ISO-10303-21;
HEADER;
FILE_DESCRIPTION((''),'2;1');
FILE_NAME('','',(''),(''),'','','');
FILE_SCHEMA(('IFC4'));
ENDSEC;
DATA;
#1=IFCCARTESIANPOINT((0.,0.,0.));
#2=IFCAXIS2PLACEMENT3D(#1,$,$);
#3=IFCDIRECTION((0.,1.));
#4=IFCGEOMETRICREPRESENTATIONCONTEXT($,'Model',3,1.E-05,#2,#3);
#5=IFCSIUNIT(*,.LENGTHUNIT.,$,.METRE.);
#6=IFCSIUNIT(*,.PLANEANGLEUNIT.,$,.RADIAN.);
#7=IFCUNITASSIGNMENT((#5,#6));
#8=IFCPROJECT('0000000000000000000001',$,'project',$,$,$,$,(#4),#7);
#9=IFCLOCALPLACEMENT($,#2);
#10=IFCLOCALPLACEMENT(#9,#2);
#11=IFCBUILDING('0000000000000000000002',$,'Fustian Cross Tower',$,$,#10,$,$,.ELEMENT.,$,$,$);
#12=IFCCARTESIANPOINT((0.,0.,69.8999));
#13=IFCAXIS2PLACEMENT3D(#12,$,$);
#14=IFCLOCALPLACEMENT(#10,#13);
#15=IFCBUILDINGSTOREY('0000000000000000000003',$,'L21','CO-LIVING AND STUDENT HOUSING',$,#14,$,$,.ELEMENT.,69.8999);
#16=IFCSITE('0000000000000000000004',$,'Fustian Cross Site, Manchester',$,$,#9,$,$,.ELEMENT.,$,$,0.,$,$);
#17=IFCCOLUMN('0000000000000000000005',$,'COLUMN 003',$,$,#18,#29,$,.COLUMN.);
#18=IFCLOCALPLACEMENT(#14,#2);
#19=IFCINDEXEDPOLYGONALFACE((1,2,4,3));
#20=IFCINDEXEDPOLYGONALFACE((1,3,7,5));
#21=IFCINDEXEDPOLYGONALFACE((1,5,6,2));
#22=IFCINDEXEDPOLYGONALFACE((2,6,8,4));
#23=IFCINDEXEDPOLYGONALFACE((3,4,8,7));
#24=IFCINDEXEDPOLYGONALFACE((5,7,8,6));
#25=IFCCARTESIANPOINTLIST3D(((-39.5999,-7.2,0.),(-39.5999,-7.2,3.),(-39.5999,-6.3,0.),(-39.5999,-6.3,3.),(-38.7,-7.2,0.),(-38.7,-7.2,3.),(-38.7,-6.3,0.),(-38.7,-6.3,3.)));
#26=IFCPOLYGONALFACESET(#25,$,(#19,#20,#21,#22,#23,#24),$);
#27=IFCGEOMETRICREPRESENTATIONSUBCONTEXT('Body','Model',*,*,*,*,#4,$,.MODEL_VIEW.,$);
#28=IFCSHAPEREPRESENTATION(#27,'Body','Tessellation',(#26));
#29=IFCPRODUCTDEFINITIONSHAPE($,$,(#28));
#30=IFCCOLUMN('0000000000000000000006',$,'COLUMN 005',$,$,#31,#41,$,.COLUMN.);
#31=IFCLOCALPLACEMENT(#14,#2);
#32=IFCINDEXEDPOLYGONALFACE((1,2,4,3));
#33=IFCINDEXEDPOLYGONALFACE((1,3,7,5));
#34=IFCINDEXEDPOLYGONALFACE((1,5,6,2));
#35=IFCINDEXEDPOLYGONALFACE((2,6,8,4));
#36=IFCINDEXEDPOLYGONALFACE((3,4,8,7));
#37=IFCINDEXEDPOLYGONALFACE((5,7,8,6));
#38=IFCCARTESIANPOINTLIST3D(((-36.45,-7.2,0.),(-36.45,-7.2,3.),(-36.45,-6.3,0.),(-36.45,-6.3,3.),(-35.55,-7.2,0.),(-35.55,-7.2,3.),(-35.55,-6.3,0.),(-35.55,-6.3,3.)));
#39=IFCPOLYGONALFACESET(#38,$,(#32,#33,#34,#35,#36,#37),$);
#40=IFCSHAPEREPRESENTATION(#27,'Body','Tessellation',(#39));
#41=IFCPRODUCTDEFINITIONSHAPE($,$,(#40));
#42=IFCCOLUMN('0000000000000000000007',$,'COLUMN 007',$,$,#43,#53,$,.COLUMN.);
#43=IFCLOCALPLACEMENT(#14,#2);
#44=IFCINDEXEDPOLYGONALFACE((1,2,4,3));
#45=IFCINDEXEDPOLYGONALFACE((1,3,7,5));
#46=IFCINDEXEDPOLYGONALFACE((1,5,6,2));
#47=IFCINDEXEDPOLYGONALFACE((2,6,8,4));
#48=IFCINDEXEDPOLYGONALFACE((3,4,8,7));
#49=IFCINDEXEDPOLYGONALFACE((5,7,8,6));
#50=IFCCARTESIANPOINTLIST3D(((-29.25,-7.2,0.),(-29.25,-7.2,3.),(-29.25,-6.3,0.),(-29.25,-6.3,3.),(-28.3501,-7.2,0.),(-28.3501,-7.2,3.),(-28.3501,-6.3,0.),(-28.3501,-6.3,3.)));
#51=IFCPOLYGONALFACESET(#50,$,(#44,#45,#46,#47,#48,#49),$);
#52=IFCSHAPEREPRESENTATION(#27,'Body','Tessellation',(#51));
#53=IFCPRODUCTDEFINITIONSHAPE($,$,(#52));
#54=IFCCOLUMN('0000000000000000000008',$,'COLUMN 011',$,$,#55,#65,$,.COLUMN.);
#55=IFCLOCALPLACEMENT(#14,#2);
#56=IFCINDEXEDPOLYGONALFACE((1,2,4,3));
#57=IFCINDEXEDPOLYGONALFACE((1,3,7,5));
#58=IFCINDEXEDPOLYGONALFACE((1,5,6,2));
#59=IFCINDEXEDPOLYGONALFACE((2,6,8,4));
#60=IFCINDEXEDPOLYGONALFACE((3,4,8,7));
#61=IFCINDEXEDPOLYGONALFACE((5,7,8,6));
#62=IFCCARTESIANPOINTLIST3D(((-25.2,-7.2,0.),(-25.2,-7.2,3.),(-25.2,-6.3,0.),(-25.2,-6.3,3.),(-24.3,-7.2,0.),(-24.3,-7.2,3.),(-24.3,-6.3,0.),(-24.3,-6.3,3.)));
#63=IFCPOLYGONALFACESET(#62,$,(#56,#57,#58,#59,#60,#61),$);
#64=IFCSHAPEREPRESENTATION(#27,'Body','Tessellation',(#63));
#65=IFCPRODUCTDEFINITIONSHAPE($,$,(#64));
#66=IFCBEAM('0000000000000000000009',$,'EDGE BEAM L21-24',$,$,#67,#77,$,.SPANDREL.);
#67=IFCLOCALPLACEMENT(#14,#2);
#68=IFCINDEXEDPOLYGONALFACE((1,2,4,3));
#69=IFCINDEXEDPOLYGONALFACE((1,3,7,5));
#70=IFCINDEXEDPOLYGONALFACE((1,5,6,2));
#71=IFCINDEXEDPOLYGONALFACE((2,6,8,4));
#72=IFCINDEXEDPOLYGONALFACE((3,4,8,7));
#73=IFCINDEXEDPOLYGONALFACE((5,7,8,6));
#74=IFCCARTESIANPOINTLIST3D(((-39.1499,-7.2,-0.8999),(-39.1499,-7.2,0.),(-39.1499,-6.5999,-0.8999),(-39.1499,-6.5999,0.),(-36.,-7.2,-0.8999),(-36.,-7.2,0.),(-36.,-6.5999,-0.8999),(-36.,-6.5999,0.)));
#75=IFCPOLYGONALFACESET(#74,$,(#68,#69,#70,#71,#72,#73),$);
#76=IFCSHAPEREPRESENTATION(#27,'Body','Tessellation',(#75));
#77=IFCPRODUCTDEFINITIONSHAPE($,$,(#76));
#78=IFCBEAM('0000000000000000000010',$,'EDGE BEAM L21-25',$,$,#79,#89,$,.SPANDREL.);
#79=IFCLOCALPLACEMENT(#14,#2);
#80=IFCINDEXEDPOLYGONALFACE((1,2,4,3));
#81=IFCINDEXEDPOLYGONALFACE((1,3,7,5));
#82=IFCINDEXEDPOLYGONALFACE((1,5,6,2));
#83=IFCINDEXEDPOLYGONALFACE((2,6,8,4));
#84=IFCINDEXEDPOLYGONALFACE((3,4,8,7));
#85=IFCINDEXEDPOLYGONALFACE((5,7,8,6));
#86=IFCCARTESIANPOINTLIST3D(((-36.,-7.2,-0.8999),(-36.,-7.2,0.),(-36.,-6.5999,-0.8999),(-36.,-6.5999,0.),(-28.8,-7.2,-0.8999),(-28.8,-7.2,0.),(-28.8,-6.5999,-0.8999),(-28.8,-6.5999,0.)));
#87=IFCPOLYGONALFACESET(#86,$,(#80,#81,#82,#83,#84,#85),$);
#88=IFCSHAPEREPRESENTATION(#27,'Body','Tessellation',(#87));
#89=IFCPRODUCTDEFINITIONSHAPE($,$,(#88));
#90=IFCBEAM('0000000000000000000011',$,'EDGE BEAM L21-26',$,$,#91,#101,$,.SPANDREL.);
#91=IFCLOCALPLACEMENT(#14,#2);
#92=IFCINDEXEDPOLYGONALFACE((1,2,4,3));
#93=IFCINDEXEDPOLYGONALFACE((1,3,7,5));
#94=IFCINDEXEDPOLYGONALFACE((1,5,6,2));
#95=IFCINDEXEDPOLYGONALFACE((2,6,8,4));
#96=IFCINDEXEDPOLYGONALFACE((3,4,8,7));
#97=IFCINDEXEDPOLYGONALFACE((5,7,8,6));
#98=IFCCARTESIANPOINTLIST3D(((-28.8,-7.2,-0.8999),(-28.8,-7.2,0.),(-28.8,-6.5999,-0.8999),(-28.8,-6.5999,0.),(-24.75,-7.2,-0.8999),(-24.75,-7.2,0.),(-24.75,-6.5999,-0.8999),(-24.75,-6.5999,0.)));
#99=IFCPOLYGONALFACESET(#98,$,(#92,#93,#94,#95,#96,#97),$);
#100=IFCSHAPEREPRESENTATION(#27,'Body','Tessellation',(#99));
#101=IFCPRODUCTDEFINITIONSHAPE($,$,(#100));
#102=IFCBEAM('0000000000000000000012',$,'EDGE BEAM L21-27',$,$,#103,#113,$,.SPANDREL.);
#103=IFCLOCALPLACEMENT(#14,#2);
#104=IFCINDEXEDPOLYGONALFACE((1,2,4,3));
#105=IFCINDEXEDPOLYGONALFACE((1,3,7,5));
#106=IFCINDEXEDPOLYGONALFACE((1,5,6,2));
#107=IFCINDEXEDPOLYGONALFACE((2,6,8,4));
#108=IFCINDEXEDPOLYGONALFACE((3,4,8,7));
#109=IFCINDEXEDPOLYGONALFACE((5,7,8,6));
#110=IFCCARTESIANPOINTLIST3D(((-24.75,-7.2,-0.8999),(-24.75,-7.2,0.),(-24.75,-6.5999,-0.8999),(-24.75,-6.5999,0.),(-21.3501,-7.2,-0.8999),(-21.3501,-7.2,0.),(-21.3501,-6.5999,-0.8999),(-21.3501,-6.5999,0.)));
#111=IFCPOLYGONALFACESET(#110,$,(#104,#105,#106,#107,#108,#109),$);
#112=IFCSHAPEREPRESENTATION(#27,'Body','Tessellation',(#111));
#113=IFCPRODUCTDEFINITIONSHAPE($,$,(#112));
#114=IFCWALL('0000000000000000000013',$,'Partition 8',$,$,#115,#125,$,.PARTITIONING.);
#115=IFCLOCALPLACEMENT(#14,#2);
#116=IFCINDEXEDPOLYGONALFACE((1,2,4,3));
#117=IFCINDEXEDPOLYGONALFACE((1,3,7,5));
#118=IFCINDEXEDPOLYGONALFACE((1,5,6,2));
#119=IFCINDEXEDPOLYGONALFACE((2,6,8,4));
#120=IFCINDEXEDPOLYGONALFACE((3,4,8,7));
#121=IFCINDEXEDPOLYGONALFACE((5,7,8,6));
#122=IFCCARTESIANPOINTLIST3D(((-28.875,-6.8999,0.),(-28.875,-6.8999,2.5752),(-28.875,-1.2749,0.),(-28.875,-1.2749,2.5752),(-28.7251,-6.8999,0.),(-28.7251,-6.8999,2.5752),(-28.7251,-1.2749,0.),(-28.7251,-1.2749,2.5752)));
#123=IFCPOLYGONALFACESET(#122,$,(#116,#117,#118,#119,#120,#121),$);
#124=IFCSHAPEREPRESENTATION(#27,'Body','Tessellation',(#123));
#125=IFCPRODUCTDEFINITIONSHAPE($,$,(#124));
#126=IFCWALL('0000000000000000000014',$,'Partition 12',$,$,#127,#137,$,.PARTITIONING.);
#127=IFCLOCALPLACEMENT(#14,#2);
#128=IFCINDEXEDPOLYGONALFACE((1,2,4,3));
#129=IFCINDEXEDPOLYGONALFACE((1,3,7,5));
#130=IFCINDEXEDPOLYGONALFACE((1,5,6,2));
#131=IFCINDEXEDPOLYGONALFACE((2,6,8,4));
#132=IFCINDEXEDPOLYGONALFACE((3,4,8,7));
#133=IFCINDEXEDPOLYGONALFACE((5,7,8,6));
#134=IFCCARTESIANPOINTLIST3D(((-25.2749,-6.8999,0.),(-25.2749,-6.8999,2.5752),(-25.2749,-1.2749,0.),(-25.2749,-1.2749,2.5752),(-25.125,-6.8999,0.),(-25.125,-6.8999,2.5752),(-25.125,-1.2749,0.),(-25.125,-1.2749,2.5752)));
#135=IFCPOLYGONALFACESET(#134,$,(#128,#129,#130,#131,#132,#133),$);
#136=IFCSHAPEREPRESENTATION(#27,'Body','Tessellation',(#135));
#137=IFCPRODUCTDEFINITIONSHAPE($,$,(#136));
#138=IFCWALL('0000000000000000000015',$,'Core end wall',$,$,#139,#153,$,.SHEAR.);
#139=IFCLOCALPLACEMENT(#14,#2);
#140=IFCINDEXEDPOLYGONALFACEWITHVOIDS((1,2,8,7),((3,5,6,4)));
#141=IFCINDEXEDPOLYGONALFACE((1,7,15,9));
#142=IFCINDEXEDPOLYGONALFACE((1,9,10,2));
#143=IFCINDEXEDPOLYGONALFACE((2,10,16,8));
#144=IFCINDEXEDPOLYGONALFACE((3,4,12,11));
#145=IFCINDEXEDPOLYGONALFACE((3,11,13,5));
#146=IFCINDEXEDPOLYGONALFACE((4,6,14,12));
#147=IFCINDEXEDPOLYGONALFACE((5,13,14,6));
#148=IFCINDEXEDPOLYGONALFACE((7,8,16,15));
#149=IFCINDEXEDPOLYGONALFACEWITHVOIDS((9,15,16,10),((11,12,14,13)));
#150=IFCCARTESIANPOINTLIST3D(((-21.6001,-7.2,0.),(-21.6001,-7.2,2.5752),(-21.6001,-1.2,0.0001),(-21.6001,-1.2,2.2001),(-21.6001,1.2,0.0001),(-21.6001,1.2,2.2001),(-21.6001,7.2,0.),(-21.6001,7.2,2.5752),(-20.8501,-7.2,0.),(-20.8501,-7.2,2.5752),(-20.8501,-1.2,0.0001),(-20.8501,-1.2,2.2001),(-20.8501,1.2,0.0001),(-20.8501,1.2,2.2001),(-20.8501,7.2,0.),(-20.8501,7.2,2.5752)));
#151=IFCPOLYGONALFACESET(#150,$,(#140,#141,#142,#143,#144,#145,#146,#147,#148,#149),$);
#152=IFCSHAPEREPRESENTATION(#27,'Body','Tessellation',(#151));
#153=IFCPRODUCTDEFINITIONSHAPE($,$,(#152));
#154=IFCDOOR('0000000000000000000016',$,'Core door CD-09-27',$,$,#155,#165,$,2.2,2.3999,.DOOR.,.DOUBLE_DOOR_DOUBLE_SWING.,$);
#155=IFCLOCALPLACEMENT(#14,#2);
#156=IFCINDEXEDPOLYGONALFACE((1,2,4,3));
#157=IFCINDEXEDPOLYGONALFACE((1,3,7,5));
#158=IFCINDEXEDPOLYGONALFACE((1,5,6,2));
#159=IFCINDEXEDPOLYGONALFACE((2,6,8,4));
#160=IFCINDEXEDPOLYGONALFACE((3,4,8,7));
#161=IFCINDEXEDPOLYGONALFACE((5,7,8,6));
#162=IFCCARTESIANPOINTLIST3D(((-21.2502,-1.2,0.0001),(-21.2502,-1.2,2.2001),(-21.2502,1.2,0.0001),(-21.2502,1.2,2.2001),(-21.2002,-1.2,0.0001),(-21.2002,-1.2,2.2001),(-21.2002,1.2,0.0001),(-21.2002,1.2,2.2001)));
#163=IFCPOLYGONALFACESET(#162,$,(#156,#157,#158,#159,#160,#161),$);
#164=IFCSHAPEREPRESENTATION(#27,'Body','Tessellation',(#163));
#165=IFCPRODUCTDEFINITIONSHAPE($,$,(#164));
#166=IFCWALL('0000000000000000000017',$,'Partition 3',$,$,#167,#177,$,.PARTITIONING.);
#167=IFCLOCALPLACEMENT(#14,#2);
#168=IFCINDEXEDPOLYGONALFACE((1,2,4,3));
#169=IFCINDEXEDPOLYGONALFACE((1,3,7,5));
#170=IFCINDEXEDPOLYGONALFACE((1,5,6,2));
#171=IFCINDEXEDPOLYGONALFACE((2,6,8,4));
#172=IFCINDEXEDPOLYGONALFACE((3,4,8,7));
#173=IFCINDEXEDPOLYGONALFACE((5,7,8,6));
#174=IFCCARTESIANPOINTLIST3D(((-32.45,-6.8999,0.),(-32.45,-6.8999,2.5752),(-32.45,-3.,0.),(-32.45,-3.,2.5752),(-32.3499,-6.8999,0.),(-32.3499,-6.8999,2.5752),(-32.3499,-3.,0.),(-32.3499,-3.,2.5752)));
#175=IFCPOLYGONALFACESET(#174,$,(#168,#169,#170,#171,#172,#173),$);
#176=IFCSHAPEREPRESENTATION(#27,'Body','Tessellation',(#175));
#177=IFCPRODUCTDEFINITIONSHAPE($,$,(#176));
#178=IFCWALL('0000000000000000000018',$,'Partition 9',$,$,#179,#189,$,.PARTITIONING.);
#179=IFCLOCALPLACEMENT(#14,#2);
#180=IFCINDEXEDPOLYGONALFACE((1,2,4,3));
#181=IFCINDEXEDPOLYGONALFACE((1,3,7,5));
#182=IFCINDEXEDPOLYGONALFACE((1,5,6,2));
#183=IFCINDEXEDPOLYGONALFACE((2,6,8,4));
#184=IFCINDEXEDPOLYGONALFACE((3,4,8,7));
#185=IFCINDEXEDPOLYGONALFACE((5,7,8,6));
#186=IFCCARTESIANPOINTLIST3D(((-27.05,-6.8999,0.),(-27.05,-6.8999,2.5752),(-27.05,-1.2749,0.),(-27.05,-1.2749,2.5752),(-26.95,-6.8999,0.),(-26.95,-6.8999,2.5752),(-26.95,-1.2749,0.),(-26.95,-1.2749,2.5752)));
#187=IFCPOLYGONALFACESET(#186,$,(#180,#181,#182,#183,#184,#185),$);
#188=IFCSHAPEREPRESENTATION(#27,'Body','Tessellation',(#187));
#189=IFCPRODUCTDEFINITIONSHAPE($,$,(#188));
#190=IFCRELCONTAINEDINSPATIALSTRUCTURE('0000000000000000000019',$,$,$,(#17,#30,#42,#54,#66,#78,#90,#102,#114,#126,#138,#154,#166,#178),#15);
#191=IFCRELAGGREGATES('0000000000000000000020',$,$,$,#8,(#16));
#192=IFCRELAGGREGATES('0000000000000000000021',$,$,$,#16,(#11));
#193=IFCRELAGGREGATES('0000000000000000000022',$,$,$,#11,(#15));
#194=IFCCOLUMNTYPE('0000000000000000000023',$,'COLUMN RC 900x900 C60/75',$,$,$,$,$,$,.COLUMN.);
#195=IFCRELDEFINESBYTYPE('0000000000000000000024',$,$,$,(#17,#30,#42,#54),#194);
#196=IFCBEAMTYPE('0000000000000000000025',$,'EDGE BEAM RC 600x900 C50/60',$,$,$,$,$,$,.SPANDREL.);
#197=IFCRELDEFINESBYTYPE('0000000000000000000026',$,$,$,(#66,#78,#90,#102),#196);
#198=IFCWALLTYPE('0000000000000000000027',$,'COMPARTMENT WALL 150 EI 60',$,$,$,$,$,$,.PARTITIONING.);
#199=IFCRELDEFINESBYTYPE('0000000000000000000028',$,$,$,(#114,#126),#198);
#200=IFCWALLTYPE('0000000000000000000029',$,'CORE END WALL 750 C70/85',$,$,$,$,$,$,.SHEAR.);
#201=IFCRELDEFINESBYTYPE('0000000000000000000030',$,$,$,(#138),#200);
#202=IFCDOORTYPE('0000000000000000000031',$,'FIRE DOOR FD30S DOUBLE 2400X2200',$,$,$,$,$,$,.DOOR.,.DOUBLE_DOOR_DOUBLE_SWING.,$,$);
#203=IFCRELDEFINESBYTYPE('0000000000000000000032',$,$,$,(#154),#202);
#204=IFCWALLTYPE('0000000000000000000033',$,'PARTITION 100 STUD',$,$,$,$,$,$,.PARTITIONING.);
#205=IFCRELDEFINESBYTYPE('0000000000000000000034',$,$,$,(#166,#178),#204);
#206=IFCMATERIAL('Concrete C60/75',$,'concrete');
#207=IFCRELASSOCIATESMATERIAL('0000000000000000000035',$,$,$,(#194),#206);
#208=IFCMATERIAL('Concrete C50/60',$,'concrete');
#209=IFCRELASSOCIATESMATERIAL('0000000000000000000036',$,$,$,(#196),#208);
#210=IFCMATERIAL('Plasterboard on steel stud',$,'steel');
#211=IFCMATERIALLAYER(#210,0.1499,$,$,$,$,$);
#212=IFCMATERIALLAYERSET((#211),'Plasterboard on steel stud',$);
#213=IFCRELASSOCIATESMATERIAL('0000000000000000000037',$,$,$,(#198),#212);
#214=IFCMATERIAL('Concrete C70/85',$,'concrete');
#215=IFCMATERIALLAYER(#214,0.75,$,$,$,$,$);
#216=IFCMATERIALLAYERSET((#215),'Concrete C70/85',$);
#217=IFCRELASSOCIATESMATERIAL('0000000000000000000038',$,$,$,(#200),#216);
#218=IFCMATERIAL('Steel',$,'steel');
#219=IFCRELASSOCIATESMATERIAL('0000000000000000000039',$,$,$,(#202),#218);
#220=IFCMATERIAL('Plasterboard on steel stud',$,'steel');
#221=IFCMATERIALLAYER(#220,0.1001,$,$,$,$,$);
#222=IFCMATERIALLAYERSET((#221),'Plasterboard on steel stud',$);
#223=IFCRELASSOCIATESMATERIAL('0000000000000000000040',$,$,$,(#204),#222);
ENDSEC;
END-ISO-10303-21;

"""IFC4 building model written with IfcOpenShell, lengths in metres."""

from ifc_helpers import new_model, si_unit, direction, frame, frame_2d, origin, origin_2d, place, context, subcontext, project, spatial, rectangle, extrude, material, layer, layer_set, material_profile, profile_set, type_object, element, fill, save


model = new_model("IFC4")

# Units and contexts
model_context = context("Model", 3, precision=1e-05, world=origin(), true_north=direction((0.0, 1.0)))
body_context = subcontext(model_context, "Body", "Model", "MODEL_VIEW")
ifc_project = project(units=[si_unit("LENGTHUNIT", "METRE"), si_unit("PLANEANGLEUNIT", "RADIAN")], contexts=[model_context])

# Site, building, storey
site_placement = place(None, origin())
site = spatial("IfcSite", under=ifc_project, at=site_placement, Name="Fustian Cross Site, Manchester", CompositionType="ELEMENT", RefElevation=0.0)
building_placement = place(site_placement, origin())
building = spatial("IfcBuilding", under=site, at=building_placement, Name="Fustian Cross Tower", CompositionType="ELEMENT")
storey_placement = place(building_placement, frame((0.0, 0.0, 69.8999)))
storey = spatial("IfcBuildingStorey", under=building, at=storey_placement, Name="L21", Description="CO-LIVING AND STUDENT HOUSING", CompositionType="ELEMENT", Elevation=69.8999)

# Columns
ifc_material_1 = material(Name="Concrete C60/75", Category="concrete")
ifc_material_profile_1 = material_profile(ifc_material_1, rectangle(XDim=0.8999, YDim=0.8999, at=origin_2d()), Name="RC 900x900")
ifc_profile_set_1 = profile_set([ifc_material_profile_1], Name="Concrete C60/75")
column_type = type_object("IfcColumnType", Name="COLUMN RC 900x900 C60/75", PredefinedType="COLUMN", material=ifc_profile_set_1)
for number, where, z_axis, x_axis, name in (
    (1, (-39.1499, -6.75, 0.0), (0.0, 0.0, 1.0), (1.0, 0.0, 0.0), "COLUMN 003"),
    (2, (-36.0, -6.75, 0.0), (0.0, 0.0, 1.0), (1.0, 0.0, 0.0), "COLUMN 005"),
    (3, (-28.8, -6.75, 0.0), (0.0, 0.0, 1.0), (1.0, 0.0, 0.0), "COLUMN 007"),
    (4, (-24.75, -6.75, 0.0), (0.0, 0.0, 1.0), (1.0, 0.0, 0.0), "COLUMN 011"),
):
    element("IfcColumn", number, at=place(storey_placement, frame(where, z_axis=z_axis, x_axis=x_axis)), inside=storey, type_object=column_type, Name=name, PredefinedType="COLUMN", context=body_context, shape_type="SweptSolid", body=[
        extrude(rectangle(XDim=0.8999, YDim=0.8999, at=origin_2d()), origin(), (0.0, 0.0, 1.0), 3.0),
    ])

# Beams
ifc_material_2 = material(Name="Concrete C50/60", Category="concrete")
ifc_material_profile_2 = material_profile(ifc_material_2, rectangle(XDim=0.6001, YDim=0.8999, at=origin_2d()), Name="RC 600x900")
ifc_profile_set_2 = profile_set([ifc_material_profile_2], Name="Concrete C50/60")
beam_type = type_object("IfcBeamType", Name="EDGE BEAM RC 600x900 C50/60", PredefinedType="SPANDREL", material=ifc_profile_set_2)
beam_1_placement = place(storey_placement, frame((-39.1499, -6.8999, -0.45), z_axis=(1.0, 0.0, 0.0), x_axis=(0.0, 1.0, 0.0)))
element("IfcBeam", 5, at=beam_1_placement, inside=storey, type_object=beam_type, Name="EDGE BEAM L21-24", PredefinedType="SPANDREL", context=body_context, shape_type="SweptSolid", body=[
    extrude(rectangle(XDim=0.6001, YDim=0.8999, at=origin_2d()), origin(), (0.0, 0.0, 1.0), 3.1499),
])
beam_2_placement = place(storey_placement, frame((-36.0, -6.8999, -0.45), z_axis=(1.0, 0.0, 0.0), x_axis=(0.0, 1.0, 0.0)))
element("IfcBeam", 6, at=beam_2_placement, inside=storey, type_object=beam_type, Name="EDGE BEAM L21-25", PredefinedType="SPANDREL", context=body_context, shape_type="SweptSolid", body=[
    extrude(rectangle(XDim=0.6001, YDim=0.8999, at=origin_2d()), origin(), (0.0, 0.0, 1.0), 7.2),
])
beam_3_placement = place(storey_placement, frame((-28.8, -6.8999, -0.45), z_axis=(1.0, 0.0, 0.0), x_axis=(0.0, 1.0, 0.0)))
element("IfcBeam", 7, at=beam_3_placement, inside=storey, type_object=beam_type, Name="EDGE BEAM L21-26", PredefinedType="SPANDREL", context=body_context, shape_type="SweptSolid", body=[
    extrude(rectangle(XDim=0.6001, YDim=0.8999, at=origin_2d()), origin(), (0.0, 0.0, 1.0), 4.05),
])
beam_4_placement = place(storey_placement, frame((-24.75, -6.8999, -0.45), z_axis=(1.0, 0.0, 0.0), x_axis=(0.0, 1.0, 0.0)))
element("IfcBeam", 8, at=beam_4_placement, inside=storey, type_object=beam_type, Name="EDGE BEAM L21-27", PredefinedType="SPANDREL", context=body_context, shape_type="SweptSolid", body=[
    extrude(rectangle(XDim=0.6001, YDim=0.8999, at=origin_2d()), origin(), (0.0, 0.0, 1.0), 3.3999),
])

# Walls
ifc_material_3 = material(Name="Plasterboard on steel stud", Category="steel")
ifc_layer_1 = layer(ifc_material_3, 0.1499)
ifc_layer_set_1 = layer_set([ifc_layer_1], Name="Plasterboard on steel stud")
wall_type_1 = type_object("IfcWallType", Name="COMPARTMENT WALL 150 EI 60", PredefinedType="PARTITIONING", material=ifc_layer_set_1)
for number, where, z_axis, x_axis, name in (
    (9, (-28.8, -6.8999, 0.0), (0.0, 0.0, 1.0), (0.0, 1.0, 0.0), "Partition 8"),
    (10, (-25.2, -6.8999, 0.0), (0.0, 0.0, 1.0), (0.0, 1.0, 0.0), "Partition 12"),
):
    element("IfcWall", number, at=place(storey_placement, frame(where, z_axis=z_axis, x_axis=x_axis)), inside=storey, type_object=wall_type_1, Name=name, PredefinedType="PARTITIONING", context=body_context, shape_type="SweptSolid", body=[
        extrude(rectangle(XDim=5.625, YDim=0.1499, at=frame_2d((2.8125, 0.0))), origin(), (0.0, 0.0, 1.0), 2.5752),
    ])

# Wall, opening, door
ifc_material_4 = material(Name="Concrete C70/85", Category="concrete")
ifc_layer_2 = layer(ifc_material_4, 0.75)
ifc_layer_set_2 = layer_set([ifc_layer_2], Name="Concrete C70/85")
wall_type_2 = type_object("IfcWallType", Name="CORE END WALL 750 C70/85", PredefinedType="SHEAR", material=ifc_layer_set_2)
wall_1_placement = place(storey_placement, frame((-21.2251, -7.2, 0.0), z_axis=(0.0, 0.0, 1.0), x_axis=(0.0, 1.0, 0.0)))
wall_1 = element("IfcWall", 11, at=wall_1_placement, inside=storey, type_object=wall_type_2, Name="Core end wall", PredefinedType="SHEAR", context=body_context, shape_type="SweptSolid", body=[
    extrude(rectangle(XDim=14.3999, YDim=0.75, at=frame_2d((7.2, 0.0))), origin(), (0.0, 0.0, 1.0), 2.5752),
])
opening_1_placement = place(wall_1_placement, frame((6.0, 0.0, 0.0)))
opening_1 = element("IfcOpeningElement", 12, at=opening_1_placement, cuts=wall_1, PredefinedType="OPENING", context=body_context, shape_type="SweptSolid", body=[
    extrude(rectangle(XDim=2.3999, YDim=2.2, at=frame_2d((1.2, 1.1001))), frame((0.0, 0.385, 0.0), z_axis=(0.0, -1.0, 0.0), x_axis=(1.0, 0.0, 0.0)), (0.0, 0.0, 1.0), 0.77),
])
ifc_material_5 = material(Name="Steel", Category="steel")
door_type = type_object("IfcDoorType", Name="FIRE DOOR FD30S DOUBLE 2400X2200", OperationType="DOUBLE_DOOR_DOUBLE_SWING", PredefinedType="DOOR", material=ifc_material_5)
door_placement = place(opening_1_placement, frame((2.3999, 0.0, 0.0), z_axis=(0.0, 0.0, 1.0), x_axis=(-1.0, 0.0, 0.0)))
door = element("IfcDoor", 13, at=door_placement, inside=storey, type_object=door_type, Name="Core door CD-09-27", OperationType="DOUBLE_DOOR_DOUBLE_SWING", OverallHeight=2.2, OverallWidth=2.3999, PredefinedType="DOOR", context=body_context, shape_type="SweptSolid", body=[
    extrude(rectangle(XDim=2.3999, YDim=2.2, at=frame_2d((1.2, 1.1001))), frame((0.0, 0.0249, 0.0), z_axis=(0.0, -1.0, 0.0), x_axis=(1.0, 0.0, 0.0)), (0.0, 0.0, 1.0), 0.05),
])
fill(opening_1, door)

# Walls
ifc_material_6 = material(Name="Plasterboard on steel stud", Category="steel")
ifc_layer_3 = layer(ifc_material_6, 0.1001)
ifc_layer_set_3 = layer_set([ifc_layer_3], Name="Plasterboard on steel stud")
wall_type_3 = type_object("IfcWallType", Name="PARTITION 100 STUD", PredefinedType="PARTITIONING", material=ifc_layer_set_3)
wall_2_placement = place(storey_placement, frame((-32.3999, -6.8999, 0.0), z_axis=(0.0, 0.0, 1.0), x_axis=(0.0, 1.0, 0.0)))
element("IfcWall", 14, at=wall_2_placement, inside=storey, type_object=wall_type_3, Name="Partition 3", PredefinedType="PARTITIONING", context=body_context, shape_type="SweptSolid", body=[
    extrude(rectangle(XDim=3.8999, YDim=0.1001, at=frame_2d((1.95, 0.0))), origin(), (0.0, 0.0, 1.0), 2.5752),
])
wall_3_placement = place(storey_placement, frame((-27.0, -6.8999, 0.0), z_axis=(0.0, 0.0, 1.0), x_axis=(0.0, 1.0, 0.0)))
element("IfcWall", 15, at=wall_3_placement, inside=storey, type_object=wall_type_3, Name="Partition 9", PredefinedType="PARTITIONING", context=body_context, shape_type="SweptSolid", body=[
    extrude(rectangle(XDim=5.625, YDim=0.1001, at=frame_2d((2.8125, 0.0))), origin(), (0.0, 0.0, 1.0), 2.5752),
])

save(model, "model.ifc")
